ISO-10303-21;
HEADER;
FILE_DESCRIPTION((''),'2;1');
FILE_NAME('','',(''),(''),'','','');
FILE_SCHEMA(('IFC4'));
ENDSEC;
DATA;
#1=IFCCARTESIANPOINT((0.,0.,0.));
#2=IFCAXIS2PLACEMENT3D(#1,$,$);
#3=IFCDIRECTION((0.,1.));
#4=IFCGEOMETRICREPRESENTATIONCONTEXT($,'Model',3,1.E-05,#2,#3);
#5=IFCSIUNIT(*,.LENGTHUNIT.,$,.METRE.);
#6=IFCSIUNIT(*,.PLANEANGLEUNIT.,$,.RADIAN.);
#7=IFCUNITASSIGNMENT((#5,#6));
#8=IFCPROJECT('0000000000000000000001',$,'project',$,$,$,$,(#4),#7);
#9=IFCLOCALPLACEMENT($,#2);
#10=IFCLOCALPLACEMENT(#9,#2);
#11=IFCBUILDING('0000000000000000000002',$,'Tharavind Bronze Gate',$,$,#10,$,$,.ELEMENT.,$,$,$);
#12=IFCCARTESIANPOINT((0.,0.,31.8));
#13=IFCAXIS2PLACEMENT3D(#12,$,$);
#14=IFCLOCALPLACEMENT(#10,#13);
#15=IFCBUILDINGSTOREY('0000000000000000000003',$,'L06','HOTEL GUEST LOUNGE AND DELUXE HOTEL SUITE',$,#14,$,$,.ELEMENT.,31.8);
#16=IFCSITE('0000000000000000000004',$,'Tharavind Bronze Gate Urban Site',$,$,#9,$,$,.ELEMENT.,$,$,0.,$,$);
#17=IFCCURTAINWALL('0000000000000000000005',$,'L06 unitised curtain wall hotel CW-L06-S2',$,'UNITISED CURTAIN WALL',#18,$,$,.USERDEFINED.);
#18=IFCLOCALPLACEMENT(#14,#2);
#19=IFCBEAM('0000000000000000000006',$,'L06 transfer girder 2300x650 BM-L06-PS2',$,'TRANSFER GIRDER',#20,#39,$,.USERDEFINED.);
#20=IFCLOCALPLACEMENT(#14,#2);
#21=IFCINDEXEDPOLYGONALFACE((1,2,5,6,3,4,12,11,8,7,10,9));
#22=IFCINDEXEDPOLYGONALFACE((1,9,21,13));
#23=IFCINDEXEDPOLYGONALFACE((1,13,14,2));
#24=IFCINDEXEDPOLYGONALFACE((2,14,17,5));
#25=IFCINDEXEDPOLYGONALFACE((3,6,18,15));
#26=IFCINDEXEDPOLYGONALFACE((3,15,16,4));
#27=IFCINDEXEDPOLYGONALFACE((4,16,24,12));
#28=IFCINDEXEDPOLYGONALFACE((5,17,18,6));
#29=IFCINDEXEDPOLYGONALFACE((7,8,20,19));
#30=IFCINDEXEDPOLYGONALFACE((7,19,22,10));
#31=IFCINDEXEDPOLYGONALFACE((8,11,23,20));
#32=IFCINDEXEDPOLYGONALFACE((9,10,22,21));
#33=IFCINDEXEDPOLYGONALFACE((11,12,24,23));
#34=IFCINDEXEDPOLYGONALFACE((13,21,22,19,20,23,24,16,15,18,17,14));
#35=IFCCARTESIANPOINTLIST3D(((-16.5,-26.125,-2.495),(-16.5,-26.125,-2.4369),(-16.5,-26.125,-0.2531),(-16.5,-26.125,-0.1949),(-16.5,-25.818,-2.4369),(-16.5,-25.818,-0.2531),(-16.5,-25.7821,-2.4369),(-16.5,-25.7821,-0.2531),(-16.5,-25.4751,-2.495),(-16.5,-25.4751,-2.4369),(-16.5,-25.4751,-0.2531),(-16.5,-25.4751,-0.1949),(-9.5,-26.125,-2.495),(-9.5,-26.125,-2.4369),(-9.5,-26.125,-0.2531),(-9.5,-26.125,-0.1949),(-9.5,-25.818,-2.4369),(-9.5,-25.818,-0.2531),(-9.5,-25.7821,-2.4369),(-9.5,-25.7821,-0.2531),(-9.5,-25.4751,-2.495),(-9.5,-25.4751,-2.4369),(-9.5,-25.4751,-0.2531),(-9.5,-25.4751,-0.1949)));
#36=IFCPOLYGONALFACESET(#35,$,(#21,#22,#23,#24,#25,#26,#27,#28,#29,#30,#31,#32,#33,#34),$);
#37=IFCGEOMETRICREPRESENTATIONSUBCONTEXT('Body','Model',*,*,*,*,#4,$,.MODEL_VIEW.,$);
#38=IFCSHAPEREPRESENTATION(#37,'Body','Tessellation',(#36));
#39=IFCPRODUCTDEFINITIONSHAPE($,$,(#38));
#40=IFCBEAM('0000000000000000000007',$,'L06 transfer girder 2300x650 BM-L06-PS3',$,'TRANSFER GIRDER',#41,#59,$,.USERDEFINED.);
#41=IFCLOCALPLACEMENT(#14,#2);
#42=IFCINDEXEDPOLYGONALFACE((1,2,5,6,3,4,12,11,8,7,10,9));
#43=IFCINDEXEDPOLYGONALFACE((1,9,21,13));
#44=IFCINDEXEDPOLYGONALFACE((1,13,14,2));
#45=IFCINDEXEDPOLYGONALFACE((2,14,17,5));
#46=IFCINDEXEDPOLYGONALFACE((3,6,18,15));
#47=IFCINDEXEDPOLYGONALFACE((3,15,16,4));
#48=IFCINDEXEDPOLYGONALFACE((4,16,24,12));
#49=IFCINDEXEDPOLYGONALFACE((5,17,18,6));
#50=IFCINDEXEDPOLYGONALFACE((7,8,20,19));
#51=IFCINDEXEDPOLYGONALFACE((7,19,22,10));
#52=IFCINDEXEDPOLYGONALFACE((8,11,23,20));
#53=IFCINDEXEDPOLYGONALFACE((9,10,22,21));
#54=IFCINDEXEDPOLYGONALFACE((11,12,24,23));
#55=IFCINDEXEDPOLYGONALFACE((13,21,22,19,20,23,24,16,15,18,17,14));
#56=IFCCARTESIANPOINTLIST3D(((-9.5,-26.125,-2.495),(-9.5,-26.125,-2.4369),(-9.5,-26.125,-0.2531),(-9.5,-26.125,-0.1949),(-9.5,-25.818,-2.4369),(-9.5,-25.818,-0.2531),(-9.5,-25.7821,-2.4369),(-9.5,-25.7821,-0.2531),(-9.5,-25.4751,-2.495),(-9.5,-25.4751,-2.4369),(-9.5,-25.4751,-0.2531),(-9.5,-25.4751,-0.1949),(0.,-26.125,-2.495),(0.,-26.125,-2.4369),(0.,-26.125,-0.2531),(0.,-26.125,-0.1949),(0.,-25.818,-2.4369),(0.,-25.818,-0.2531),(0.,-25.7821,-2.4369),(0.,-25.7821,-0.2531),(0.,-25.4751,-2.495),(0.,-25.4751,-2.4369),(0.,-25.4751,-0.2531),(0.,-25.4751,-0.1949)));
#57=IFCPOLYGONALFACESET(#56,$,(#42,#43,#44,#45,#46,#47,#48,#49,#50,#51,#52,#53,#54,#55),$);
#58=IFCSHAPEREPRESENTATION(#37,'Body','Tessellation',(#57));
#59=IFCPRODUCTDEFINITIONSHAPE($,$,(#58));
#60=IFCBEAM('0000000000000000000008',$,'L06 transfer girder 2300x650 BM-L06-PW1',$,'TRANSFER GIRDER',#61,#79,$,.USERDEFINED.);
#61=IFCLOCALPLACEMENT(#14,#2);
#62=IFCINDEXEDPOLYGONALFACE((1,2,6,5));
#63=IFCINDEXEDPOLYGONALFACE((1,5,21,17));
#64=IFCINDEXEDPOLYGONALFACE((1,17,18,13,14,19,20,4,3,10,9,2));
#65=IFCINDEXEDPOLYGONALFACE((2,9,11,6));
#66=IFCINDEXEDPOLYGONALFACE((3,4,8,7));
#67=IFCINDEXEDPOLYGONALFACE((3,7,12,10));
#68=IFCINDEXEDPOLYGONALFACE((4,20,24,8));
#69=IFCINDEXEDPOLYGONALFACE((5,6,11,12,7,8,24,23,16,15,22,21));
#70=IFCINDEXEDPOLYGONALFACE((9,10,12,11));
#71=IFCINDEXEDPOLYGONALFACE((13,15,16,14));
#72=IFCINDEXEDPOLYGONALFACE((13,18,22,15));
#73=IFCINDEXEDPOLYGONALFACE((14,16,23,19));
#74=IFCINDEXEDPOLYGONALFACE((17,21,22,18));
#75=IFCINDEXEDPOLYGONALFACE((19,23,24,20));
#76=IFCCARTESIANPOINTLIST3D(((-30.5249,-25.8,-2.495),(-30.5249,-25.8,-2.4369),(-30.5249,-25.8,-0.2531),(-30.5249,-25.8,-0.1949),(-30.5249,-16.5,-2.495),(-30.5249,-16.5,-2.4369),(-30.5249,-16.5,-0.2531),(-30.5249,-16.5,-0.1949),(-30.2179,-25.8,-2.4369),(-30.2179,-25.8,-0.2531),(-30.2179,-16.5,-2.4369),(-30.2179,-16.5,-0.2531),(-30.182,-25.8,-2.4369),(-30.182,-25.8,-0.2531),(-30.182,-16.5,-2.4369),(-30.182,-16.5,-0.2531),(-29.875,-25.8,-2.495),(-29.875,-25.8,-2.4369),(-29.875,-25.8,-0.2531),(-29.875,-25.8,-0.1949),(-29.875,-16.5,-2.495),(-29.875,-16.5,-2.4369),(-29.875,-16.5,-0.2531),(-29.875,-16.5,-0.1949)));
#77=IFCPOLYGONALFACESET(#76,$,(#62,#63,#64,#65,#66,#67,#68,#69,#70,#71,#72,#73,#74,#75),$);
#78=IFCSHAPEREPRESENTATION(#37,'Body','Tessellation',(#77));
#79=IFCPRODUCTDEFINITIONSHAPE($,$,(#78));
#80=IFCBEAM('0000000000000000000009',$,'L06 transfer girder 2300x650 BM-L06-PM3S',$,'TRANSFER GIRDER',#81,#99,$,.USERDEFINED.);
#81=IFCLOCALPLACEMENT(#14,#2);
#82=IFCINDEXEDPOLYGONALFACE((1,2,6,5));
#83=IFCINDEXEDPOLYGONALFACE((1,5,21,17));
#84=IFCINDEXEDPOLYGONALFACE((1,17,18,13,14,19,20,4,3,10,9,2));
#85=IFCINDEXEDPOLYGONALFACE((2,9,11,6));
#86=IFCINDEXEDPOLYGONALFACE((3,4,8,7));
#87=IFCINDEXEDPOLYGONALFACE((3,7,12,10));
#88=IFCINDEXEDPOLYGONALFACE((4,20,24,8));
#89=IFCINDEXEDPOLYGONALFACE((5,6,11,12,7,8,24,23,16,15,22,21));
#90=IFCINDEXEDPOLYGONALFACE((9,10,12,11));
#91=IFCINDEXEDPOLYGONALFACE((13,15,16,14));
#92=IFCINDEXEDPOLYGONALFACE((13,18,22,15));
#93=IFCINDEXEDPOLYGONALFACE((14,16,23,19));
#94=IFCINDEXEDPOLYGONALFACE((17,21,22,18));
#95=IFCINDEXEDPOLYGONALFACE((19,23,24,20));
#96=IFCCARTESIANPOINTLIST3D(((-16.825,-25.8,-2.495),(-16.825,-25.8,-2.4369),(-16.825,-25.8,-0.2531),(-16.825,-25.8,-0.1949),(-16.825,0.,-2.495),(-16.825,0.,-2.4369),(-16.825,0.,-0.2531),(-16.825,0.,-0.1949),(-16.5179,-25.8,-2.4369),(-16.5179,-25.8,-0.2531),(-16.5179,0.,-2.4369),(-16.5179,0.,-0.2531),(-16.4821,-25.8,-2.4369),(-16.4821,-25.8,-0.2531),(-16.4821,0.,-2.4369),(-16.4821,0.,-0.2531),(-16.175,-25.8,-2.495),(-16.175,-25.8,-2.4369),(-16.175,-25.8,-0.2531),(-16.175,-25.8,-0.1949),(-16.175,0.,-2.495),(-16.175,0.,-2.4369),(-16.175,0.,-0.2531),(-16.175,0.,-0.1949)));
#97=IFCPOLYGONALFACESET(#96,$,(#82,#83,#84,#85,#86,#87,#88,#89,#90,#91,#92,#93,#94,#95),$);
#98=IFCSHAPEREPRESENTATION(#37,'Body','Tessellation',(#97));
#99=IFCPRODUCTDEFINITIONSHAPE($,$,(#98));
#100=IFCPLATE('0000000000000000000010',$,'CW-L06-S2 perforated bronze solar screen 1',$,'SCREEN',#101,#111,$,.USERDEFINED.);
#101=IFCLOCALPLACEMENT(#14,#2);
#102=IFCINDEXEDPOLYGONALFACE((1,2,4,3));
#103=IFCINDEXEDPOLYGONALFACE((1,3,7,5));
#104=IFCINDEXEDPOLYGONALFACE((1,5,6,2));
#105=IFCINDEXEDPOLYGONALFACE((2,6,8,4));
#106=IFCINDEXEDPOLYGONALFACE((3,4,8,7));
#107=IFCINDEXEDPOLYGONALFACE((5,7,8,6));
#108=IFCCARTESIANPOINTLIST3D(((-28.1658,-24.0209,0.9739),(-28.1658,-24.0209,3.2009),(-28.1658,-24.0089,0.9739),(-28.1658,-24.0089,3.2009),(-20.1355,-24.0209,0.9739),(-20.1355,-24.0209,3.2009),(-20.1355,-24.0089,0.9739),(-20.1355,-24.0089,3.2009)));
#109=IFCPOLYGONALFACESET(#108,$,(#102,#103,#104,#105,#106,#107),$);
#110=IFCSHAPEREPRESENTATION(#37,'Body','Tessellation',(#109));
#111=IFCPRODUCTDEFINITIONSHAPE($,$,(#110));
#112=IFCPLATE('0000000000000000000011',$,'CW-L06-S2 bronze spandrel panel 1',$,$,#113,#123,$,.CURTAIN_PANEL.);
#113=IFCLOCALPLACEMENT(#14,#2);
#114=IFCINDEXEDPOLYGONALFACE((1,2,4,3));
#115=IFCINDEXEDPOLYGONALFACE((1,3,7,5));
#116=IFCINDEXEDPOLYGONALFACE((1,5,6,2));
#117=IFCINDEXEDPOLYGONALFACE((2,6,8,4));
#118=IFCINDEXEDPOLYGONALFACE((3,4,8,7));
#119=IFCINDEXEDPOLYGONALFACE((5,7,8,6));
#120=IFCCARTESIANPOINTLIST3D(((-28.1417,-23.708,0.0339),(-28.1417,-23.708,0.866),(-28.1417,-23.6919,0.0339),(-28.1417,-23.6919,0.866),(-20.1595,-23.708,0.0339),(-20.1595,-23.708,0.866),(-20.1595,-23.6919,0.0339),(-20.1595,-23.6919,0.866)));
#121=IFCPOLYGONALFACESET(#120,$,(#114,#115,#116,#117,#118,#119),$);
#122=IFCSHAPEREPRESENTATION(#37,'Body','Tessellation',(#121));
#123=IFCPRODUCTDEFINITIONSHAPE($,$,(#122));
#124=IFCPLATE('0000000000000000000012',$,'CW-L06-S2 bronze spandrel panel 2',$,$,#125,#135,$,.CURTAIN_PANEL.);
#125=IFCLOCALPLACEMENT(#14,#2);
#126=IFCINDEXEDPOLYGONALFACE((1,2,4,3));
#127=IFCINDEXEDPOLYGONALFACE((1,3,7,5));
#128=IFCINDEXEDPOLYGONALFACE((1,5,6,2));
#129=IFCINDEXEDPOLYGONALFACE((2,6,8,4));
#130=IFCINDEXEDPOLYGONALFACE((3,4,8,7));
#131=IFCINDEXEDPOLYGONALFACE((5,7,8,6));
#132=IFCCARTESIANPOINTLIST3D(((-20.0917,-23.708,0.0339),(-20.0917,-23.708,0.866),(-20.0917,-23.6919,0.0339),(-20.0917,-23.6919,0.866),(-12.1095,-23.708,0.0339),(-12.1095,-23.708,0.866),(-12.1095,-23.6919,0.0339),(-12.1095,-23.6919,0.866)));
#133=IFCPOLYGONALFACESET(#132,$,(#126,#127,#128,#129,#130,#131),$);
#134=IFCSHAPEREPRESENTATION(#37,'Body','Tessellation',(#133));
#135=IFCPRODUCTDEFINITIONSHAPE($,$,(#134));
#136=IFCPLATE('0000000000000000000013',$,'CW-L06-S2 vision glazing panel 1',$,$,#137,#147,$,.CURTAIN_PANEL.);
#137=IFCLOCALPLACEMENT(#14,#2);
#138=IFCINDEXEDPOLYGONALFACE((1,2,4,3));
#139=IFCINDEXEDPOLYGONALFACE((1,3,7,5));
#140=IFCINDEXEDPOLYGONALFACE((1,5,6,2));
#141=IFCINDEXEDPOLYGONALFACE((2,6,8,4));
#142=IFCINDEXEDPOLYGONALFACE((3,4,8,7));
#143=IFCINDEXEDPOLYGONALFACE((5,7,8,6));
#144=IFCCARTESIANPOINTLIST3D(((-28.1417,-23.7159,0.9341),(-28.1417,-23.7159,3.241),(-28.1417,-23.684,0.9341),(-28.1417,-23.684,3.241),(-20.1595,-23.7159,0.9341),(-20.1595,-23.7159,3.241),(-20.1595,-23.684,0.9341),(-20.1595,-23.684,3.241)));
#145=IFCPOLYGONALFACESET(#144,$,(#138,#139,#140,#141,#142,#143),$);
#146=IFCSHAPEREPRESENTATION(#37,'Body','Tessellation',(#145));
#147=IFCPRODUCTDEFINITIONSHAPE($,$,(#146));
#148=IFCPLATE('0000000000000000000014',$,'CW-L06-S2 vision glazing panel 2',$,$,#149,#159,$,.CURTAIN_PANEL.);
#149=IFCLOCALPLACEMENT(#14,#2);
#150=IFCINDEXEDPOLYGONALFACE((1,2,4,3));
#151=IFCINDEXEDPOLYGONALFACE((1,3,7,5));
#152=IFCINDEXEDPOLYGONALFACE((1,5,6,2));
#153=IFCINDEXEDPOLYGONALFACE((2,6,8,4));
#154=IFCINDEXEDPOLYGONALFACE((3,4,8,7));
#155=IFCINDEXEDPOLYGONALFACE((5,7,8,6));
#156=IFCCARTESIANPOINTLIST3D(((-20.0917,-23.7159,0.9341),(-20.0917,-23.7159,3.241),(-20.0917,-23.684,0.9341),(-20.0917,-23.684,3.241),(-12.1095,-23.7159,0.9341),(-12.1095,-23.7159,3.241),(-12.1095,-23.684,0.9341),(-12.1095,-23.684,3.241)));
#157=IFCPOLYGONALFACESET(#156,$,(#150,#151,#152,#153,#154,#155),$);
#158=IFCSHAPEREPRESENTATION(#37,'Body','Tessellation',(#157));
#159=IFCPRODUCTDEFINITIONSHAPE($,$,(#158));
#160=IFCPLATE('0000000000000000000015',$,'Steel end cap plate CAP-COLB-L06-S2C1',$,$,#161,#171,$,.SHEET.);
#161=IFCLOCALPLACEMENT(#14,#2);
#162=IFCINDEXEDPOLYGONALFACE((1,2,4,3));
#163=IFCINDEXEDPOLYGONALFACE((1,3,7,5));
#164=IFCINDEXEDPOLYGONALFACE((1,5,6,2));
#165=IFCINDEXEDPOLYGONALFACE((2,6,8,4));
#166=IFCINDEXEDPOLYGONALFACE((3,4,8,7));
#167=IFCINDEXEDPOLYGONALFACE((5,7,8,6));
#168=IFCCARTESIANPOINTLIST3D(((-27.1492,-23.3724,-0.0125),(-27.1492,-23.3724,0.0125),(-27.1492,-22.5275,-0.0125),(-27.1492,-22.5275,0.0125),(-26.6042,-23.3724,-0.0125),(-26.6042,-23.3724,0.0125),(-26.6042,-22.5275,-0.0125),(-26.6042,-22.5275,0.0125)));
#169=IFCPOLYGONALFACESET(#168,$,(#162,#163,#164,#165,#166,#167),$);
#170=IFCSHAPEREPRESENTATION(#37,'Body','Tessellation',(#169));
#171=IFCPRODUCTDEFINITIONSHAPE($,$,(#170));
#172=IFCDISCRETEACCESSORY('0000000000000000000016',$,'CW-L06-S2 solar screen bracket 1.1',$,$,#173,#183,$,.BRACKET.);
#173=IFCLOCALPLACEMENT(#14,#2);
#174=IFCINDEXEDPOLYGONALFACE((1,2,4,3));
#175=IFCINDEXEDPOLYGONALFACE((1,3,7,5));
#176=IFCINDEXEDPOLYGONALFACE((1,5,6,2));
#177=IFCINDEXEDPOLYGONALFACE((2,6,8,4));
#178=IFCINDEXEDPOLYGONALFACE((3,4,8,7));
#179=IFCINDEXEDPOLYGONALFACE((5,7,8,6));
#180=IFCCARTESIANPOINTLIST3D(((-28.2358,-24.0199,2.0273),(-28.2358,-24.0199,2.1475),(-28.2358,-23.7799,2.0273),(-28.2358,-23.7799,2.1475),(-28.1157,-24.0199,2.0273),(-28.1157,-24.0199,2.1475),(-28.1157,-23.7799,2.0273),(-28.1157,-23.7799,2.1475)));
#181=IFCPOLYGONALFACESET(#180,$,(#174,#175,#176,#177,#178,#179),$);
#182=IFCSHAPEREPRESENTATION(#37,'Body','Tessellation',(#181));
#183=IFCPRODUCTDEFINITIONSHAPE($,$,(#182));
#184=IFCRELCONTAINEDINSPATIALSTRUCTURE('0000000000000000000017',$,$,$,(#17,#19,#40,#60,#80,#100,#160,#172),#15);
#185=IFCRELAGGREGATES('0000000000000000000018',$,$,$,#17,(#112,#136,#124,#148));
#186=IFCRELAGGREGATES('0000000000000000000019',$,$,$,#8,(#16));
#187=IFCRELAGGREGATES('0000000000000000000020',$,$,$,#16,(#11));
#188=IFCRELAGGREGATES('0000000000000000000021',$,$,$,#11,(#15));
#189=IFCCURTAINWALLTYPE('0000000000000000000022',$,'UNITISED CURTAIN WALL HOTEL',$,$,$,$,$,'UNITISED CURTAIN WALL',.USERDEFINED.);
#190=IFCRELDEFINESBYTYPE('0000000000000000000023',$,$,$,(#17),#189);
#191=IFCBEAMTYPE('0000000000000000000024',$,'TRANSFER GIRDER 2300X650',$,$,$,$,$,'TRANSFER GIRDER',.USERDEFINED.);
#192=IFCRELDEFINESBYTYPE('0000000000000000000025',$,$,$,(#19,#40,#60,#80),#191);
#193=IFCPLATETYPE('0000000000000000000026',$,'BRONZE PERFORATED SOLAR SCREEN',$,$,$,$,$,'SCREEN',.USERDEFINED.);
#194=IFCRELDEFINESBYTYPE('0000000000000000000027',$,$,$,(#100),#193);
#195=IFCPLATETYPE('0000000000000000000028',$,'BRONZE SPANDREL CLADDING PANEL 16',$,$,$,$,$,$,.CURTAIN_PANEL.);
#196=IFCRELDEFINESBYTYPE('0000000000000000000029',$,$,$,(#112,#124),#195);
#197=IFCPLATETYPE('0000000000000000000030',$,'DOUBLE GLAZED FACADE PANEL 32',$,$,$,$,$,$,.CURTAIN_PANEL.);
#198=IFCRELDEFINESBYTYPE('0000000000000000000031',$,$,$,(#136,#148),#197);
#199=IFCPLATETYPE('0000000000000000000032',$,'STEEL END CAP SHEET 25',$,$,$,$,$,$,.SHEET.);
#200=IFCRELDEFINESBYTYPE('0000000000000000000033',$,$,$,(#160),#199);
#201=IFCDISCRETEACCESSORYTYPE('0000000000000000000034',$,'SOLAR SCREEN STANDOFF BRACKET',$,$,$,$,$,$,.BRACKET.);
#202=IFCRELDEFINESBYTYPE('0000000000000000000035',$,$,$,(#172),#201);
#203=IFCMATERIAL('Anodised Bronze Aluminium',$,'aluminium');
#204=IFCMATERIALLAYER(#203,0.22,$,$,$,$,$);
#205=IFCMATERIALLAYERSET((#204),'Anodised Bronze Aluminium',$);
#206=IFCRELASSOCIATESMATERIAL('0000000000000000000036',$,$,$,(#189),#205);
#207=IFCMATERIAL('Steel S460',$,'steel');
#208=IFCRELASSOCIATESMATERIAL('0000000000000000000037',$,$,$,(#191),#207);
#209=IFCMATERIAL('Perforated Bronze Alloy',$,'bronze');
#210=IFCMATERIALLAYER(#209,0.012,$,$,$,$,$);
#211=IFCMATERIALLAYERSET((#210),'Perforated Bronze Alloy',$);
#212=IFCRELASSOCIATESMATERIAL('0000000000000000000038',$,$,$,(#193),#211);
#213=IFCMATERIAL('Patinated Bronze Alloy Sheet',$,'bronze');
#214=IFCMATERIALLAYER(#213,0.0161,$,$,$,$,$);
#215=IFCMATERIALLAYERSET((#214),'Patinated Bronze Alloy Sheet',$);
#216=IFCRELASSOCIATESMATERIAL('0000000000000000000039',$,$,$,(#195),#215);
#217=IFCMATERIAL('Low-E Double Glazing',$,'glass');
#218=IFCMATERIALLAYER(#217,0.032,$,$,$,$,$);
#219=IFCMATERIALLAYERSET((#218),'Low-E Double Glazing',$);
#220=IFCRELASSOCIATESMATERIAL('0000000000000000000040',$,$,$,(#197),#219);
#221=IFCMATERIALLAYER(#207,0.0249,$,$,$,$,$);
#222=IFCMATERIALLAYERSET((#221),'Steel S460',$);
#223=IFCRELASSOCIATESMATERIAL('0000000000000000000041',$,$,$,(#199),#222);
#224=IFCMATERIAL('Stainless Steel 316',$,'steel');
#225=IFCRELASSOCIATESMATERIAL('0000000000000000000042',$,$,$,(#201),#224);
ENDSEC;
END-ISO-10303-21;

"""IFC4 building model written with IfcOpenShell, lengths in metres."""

from ifc_helpers import new_model, si_unit, direction, frame, origin, origin_2d, place, context, subcontext, project, spatial, rectangle, i_section, extrude, material, layer, layer_set, material_profile, profile_set, type_object, element, aggregate, save


model = new_model("IFC4")

# Units and contexts
model_context = context("Model", 3, precision=1e-05, world=origin(), true_north=direction((0.0, 1.0)))
body_context = subcontext(model_context, "Body", "Model", "MODEL_VIEW")
ifc_project = project(units=[si_unit("LENGTHUNIT", "METRE"), si_unit("PLANEANGLEUNIT", "RADIAN")], contexts=[model_context])

# Site, building, storey
site_placement = place(None, origin())
site = spatial("IfcSite", under=ifc_project, at=site_placement, Name="Tharavind Bronze Gate Urban Site", CompositionType="ELEMENT", RefElevation=0.0)
building_placement = place(site_placement, origin())
building = spatial("IfcBuilding", under=site, at=building_placement, Name="Tharavind Bronze Gate", CompositionType="ELEMENT")
storey_placement = place(building_placement, frame((0.0, 0.0, 31.8)))
storey = spatial("IfcBuildingStorey", under=building, at=storey_placement, Name="L06", Description="HOTEL GUEST LOUNGE AND DELUXE HOTEL SUITE", CompositionType="ELEMENT", Elevation=31.8)

# Shared definitions
ifc_material_1 = material(Name="Steel S460", Category="steel")

# Curtain wall
ifc_material_2 = material(Name="Anodised Bronze Aluminium", Category="aluminium")
ifc_layer_1 = layer(ifc_material_2, 0.22)
ifc_layer_set_1 = layer_set([ifc_layer_1], Name="Anodised Bronze Aluminium")
curtain_wall_type = type_object("IfcCurtainWallType", Name="UNITISED CURTAIN WALL HOTEL", ElementType="UNITISED CURTAIN WALL", PredefinedType="USERDEFINED", material=ifc_layer_set_1)
curtain_wall_placement = place(storey_placement, origin())
curtain_wall = element("IfcCurtainWall", 1, at=curtain_wall_placement, inside=storey, type_object=curtain_wall_type, Name="L06 unitised curtain wall hotel CW-L06-S2", ObjectType="UNITISED CURTAIN WALL", PredefinedType="USERDEFINED")

# Beams
ifc_material_profile_1 = material_profile(ifc_material_1, i_section(OverallWidth=0.6499, OverallDepth=2.3, WebThickness=0.0359, FlangeThickness=0.0581, at=origin_2d()), Name="PG2300X650")
ifc_profile_set_1 = profile_set([ifc_material_profile_1], Name="Steel S460")
beam_type_1 = type_object("IfcBeamType", Name="TRANSFER GIRDER 2300X650", ElementType="TRANSFER GIRDER", PredefinedType="USERDEFINED", material=ifc_profile_set_1)
beam_1_placement = place(storey_placement, frame((-16.5, -25.8, -1.345), z_axis=(1.0, 0.0, 0.0), x_axis=(0.0, 1.0, 0.0)))
element("IfcBeam", 2, at=beam_1_placement, inside=storey, type_object=beam_type_1, Name="L06 transfer girder 2300x650 BM-L06-PS2", ObjectType="TRANSFER GIRDER", PredefinedType="USERDEFINED", context=body_context, shape_type="SweptSolid", body=[
    extrude(i_section(OverallWidth=0.6499, OverallDepth=2.3, WebThickness=0.0359, FlangeThickness=0.0581, at=origin_2d()), origin(), (0.0, 0.0, 1.0), 7.0),
])
beam_2_placement = place(storey_placement, frame((-9.5, -25.8, -1.345), z_axis=(1.0, 0.0, 0.0), x_axis=(0.0, 1.0, 0.0)))
element("IfcBeam", 3, at=beam_2_placement, inside=storey, type_object=beam_type_1, Name="L06 transfer girder 2300x650 BM-L06-PS3", ObjectType="TRANSFER GIRDER", PredefinedType="USERDEFINED", context=body_context, shape_type="SweptSolid", body=[
    extrude(i_section(OverallWidth=0.6499, OverallDepth=2.3, WebThickness=0.0359, FlangeThickness=0.0581, at=origin_2d()), origin(), (0.0, 0.0, 1.0), 9.5),
])
beam_3_placement = place(storey_placement, frame((-30.2, -25.8, -1.345), z_axis=(0.0, 1.0, 0.0), x_axis=(-1.0, 0.0, 0.0)))
element("IfcBeam", 4, at=beam_3_placement, inside=storey, type_object=beam_type_1, Name="L06 transfer girder 2300x650 BM-L06-PW1", ObjectType="TRANSFER GIRDER", PredefinedType="USERDEFINED", context=body_context, shape_type="SweptSolid", body=[
    extrude(i_section(OverallWidth=0.6499, OverallDepth=2.3, WebThickness=0.0359, FlangeThickness=0.0581, at=origin_2d()), origin(), (0.0, 0.0, 1.0), 9.3),
])
beam_4_placement = place(storey_placement, frame((-16.5, -25.8, -1.345), z_axis=(0.0, 1.0, 0.0), x_axis=(-1.0, 0.0, 0.0)))
element("IfcBeam", 5, at=beam_4_placement, inside=storey, type_object=beam_type_1, Name="L06 transfer girder 2300x650 BM-L06-PM3S", ObjectType="TRANSFER GIRDER", PredefinedType="USERDEFINED", context=body_context, shape_type="SweptSolid", body=[
    extrude(i_section(OverallWidth=0.6499, OverallDepth=2.3, WebThickness=0.0359, FlangeThickness=0.0581, at=origin_2d()), origin(), (0.0, 0.0, 1.0), 25.8),
])

# Plates
ifc_material_3 = material(Name="Perforated Bronze Alloy", Category="bronze")
ifc_layer_2 = layer(ifc_material_3, 0.012)
ifc_layer_set_2 = layer_set([ifc_layer_2], Name="Perforated Bronze Alloy")
plate_type_1 = type_object("IfcPlateType", Name="BRONZE PERFORATED SOLAR SCREEN", ElementType="SCREEN", PredefinedType="USERDEFINED", material=ifc_layer_set_2)
plate_1_placement = place(storey_placement, frame((-24.1506, -24.0149, 0.9739), z_axis=(0.0, 0.0, 1.0), x_axis=(1.0, 0.0, 0.0)))
element("IfcPlate", 6, at=plate_1_placement, inside=storey, type_object=plate_type_1, Name="CW-L06-S2 perforated bronze solar screen 1", ObjectType="SCREEN", PredefinedType="USERDEFINED", context=body_context, shape_type="SweptSolid", body=[
    extrude(rectangle(XDim=8.0303, YDim=0.012, at=origin_2d()), origin(), (0.0, 0.0, 1.0), 2.2271),
])
ifc_material_4 = material(Name="Patinated Bronze Alloy Sheet", Category="bronze")
ifc_layer_3 = layer(ifc_material_4, 0.0161)
ifc_layer_set_3 = layer_set([ifc_layer_3], Name="Patinated Bronze Alloy Sheet")
plate_type_2 = type_object("IfcPlateType", Name="BRONZE SPANDREL CLADDING PANEL 16", PredefinedType="CURTAIN_PANEL", material=ifc_layer_set_3)
plate_2_placement = place(storey_placement, frame((-24.1506, -23.7, 0.0339), z_axis=(0.0, 0.0, 1.0), x_axis=(1.0, 0.0, 0.0)))
plate_2 = element("IfcPlate", 7, at=plate_2_placement, type_object=plate_type_2, Name="CW-L06-S2 bronze spandrel panel 1", PredefinedType="CURTAIN_PANEL", context=body_context, shape_type="SweptSolid", body=[
    extrude(rectangle(XDim=7.9822, YDim=0.0161, at=origin_2d()), origin(), (0.0, 0.0, 1.0), 0.832),
])
plate_3_placement = place(storey_placement, frame((-16.1006, -23.7, 0.0339), z_axis=(0.0, 0.0, 1.0), x_axis=(1.0, 0.0, 0.0)))
plate_3 = element("IfcPlate", 8, at=plate_3_placement, type_object=plate_type_2, Name="CW-L06-S2 bronze spandrel panel 2", PredefinedType="CURTAIN_PANEL", context=body_context, shape_type="SweptSolid", body=[
    extrude(rectangle(XDim=7.9822, YDim=0.0161, at=origin_2d()), origin(), (0.0, 0.0, 1.0), 0.832),
])
ifc_material_5 = material(Name="Low-E Double Glazing", Category="glass")
ifc_layer_4 = layer(ifc_material_5, 0.032)
ifc_layer_set_4 = layer_set([ifc_layer_4], Name="Low-E Double Glazing")
plate_type_3 = type_object("IfcPlateType", Name="DOUBLE GLAZED FACADE PANEL 32", PredefinedType="CURTAIN_PANEL", material=ifc_layer_set_4)
plate_4_placement = place(storey_placement, frame((-24.1506, -23.7, 0.9341), z_axis=(0.0, 0.0, 1.0), x_axis=(1.0, 0.0, 0.0)))
plate_4 = element("IfcPlate", 9, at=plate_4_placement, type_object=plate_type_3, Name="CW-L06-S2 vision glazing panel 1", PredefinedType="CURTAIN_PANEL", context=body_context, shape_type="SweptSolid", body=[
    extrude(rectangle(XDim=7.9822, YDim=0.032, at=origin_2d()), origin(), (0.0, 0.0, 1.0), 2.3069),
])
plate_5_placement = place(storey_placement, frame((-16.1006, -23.7, 0.9341), z_axis=(0.0, 0.0, 1.0), x_axis=(1.0, 0.0, 0.0)))
plate_5 = element("IfcPlate", 10, at=plate_5_placement, type_object=plate_type_3, Name="CW-L06-S2 vision glazing panel 2", PredefinedType="CURTAIN_PANEL", context=body_context, shape_type="SweptSolid", body=[
    extrude(rectangle(XDim=7.9822, YDim=0.032, at=origin_2d()), origin(), (0.0, 0.0, 1.0), 2.3069),
])
aggregate(curtain_wall, [plate_2, plate_4, plate_3, plate_5])
ifc_layer_5 = layer(ifc_material_1, 0.0249)
ifc_layer_set_5 = layer_set([ifc_layer_5], Name="Steel S460")
plate_type_4 = type_object("IfcPlateType", Name="STEEL END CAP SHEET 25", PredefinedType="SHEET", material=ifc_layer_set_5)
plate_6_placement = place(storey_placement, frame((-26.8767, -22.95, -0.0125), z_axis=(0.0, 0.0, 1.0), x_axis=(1.0, 0.0, 0.0)))
element("IfcPlate", 11, at=plate_6_placement, inside=storey, type_object=plate_type_4, Name="Steel end cap plate CAP-COLB-L06-S2C1", PredefinedType="SHEET", context=body_context, shape_type="SweptSolid", body=[
    extrude(rectangle(XDim=0.5449, YDim=0.845, at=origin_2d()), origin(), (0.0, 0.0, 1.0), 0.0249),
])

# Discrete accessory
ifc_material_6 = material(Name="Stainless Steel 316", Category="steel")
discrete_accessory_type = type_object("IfcDiscreteAccessoryType", Name="SOLAR SCREEN STANDOFF BRACKET", PredefinedType="BRACKET", material=ifc_material_6)
for number, where, z_axis, x_axis, name in (
    (12, (-28.1758, -23.8999, 2.0273), (0.0, 0.0, 1.0), (1.0, 0.0, 0.0), "CW-L06-S2 solar screen bracket 1.1"),
):
    element("IfcDiscreteAccessory", number, at=place(storey_placement, frame(where, z_axis=z_axis, x_axis=x_axis)), inside=storey, type_object=discrete_accessory_type, Name=name, PredefinedType="BRACKET", context=body_context, shape_type="SweptSolid", body=[
        extrude(rectangle(XDim=0.1201, YDim=0.24, at=origin_2d()), origin(), (0.0, 0.0, 1.0), 0.1201),
    ])

save(model, "model.ifc")
